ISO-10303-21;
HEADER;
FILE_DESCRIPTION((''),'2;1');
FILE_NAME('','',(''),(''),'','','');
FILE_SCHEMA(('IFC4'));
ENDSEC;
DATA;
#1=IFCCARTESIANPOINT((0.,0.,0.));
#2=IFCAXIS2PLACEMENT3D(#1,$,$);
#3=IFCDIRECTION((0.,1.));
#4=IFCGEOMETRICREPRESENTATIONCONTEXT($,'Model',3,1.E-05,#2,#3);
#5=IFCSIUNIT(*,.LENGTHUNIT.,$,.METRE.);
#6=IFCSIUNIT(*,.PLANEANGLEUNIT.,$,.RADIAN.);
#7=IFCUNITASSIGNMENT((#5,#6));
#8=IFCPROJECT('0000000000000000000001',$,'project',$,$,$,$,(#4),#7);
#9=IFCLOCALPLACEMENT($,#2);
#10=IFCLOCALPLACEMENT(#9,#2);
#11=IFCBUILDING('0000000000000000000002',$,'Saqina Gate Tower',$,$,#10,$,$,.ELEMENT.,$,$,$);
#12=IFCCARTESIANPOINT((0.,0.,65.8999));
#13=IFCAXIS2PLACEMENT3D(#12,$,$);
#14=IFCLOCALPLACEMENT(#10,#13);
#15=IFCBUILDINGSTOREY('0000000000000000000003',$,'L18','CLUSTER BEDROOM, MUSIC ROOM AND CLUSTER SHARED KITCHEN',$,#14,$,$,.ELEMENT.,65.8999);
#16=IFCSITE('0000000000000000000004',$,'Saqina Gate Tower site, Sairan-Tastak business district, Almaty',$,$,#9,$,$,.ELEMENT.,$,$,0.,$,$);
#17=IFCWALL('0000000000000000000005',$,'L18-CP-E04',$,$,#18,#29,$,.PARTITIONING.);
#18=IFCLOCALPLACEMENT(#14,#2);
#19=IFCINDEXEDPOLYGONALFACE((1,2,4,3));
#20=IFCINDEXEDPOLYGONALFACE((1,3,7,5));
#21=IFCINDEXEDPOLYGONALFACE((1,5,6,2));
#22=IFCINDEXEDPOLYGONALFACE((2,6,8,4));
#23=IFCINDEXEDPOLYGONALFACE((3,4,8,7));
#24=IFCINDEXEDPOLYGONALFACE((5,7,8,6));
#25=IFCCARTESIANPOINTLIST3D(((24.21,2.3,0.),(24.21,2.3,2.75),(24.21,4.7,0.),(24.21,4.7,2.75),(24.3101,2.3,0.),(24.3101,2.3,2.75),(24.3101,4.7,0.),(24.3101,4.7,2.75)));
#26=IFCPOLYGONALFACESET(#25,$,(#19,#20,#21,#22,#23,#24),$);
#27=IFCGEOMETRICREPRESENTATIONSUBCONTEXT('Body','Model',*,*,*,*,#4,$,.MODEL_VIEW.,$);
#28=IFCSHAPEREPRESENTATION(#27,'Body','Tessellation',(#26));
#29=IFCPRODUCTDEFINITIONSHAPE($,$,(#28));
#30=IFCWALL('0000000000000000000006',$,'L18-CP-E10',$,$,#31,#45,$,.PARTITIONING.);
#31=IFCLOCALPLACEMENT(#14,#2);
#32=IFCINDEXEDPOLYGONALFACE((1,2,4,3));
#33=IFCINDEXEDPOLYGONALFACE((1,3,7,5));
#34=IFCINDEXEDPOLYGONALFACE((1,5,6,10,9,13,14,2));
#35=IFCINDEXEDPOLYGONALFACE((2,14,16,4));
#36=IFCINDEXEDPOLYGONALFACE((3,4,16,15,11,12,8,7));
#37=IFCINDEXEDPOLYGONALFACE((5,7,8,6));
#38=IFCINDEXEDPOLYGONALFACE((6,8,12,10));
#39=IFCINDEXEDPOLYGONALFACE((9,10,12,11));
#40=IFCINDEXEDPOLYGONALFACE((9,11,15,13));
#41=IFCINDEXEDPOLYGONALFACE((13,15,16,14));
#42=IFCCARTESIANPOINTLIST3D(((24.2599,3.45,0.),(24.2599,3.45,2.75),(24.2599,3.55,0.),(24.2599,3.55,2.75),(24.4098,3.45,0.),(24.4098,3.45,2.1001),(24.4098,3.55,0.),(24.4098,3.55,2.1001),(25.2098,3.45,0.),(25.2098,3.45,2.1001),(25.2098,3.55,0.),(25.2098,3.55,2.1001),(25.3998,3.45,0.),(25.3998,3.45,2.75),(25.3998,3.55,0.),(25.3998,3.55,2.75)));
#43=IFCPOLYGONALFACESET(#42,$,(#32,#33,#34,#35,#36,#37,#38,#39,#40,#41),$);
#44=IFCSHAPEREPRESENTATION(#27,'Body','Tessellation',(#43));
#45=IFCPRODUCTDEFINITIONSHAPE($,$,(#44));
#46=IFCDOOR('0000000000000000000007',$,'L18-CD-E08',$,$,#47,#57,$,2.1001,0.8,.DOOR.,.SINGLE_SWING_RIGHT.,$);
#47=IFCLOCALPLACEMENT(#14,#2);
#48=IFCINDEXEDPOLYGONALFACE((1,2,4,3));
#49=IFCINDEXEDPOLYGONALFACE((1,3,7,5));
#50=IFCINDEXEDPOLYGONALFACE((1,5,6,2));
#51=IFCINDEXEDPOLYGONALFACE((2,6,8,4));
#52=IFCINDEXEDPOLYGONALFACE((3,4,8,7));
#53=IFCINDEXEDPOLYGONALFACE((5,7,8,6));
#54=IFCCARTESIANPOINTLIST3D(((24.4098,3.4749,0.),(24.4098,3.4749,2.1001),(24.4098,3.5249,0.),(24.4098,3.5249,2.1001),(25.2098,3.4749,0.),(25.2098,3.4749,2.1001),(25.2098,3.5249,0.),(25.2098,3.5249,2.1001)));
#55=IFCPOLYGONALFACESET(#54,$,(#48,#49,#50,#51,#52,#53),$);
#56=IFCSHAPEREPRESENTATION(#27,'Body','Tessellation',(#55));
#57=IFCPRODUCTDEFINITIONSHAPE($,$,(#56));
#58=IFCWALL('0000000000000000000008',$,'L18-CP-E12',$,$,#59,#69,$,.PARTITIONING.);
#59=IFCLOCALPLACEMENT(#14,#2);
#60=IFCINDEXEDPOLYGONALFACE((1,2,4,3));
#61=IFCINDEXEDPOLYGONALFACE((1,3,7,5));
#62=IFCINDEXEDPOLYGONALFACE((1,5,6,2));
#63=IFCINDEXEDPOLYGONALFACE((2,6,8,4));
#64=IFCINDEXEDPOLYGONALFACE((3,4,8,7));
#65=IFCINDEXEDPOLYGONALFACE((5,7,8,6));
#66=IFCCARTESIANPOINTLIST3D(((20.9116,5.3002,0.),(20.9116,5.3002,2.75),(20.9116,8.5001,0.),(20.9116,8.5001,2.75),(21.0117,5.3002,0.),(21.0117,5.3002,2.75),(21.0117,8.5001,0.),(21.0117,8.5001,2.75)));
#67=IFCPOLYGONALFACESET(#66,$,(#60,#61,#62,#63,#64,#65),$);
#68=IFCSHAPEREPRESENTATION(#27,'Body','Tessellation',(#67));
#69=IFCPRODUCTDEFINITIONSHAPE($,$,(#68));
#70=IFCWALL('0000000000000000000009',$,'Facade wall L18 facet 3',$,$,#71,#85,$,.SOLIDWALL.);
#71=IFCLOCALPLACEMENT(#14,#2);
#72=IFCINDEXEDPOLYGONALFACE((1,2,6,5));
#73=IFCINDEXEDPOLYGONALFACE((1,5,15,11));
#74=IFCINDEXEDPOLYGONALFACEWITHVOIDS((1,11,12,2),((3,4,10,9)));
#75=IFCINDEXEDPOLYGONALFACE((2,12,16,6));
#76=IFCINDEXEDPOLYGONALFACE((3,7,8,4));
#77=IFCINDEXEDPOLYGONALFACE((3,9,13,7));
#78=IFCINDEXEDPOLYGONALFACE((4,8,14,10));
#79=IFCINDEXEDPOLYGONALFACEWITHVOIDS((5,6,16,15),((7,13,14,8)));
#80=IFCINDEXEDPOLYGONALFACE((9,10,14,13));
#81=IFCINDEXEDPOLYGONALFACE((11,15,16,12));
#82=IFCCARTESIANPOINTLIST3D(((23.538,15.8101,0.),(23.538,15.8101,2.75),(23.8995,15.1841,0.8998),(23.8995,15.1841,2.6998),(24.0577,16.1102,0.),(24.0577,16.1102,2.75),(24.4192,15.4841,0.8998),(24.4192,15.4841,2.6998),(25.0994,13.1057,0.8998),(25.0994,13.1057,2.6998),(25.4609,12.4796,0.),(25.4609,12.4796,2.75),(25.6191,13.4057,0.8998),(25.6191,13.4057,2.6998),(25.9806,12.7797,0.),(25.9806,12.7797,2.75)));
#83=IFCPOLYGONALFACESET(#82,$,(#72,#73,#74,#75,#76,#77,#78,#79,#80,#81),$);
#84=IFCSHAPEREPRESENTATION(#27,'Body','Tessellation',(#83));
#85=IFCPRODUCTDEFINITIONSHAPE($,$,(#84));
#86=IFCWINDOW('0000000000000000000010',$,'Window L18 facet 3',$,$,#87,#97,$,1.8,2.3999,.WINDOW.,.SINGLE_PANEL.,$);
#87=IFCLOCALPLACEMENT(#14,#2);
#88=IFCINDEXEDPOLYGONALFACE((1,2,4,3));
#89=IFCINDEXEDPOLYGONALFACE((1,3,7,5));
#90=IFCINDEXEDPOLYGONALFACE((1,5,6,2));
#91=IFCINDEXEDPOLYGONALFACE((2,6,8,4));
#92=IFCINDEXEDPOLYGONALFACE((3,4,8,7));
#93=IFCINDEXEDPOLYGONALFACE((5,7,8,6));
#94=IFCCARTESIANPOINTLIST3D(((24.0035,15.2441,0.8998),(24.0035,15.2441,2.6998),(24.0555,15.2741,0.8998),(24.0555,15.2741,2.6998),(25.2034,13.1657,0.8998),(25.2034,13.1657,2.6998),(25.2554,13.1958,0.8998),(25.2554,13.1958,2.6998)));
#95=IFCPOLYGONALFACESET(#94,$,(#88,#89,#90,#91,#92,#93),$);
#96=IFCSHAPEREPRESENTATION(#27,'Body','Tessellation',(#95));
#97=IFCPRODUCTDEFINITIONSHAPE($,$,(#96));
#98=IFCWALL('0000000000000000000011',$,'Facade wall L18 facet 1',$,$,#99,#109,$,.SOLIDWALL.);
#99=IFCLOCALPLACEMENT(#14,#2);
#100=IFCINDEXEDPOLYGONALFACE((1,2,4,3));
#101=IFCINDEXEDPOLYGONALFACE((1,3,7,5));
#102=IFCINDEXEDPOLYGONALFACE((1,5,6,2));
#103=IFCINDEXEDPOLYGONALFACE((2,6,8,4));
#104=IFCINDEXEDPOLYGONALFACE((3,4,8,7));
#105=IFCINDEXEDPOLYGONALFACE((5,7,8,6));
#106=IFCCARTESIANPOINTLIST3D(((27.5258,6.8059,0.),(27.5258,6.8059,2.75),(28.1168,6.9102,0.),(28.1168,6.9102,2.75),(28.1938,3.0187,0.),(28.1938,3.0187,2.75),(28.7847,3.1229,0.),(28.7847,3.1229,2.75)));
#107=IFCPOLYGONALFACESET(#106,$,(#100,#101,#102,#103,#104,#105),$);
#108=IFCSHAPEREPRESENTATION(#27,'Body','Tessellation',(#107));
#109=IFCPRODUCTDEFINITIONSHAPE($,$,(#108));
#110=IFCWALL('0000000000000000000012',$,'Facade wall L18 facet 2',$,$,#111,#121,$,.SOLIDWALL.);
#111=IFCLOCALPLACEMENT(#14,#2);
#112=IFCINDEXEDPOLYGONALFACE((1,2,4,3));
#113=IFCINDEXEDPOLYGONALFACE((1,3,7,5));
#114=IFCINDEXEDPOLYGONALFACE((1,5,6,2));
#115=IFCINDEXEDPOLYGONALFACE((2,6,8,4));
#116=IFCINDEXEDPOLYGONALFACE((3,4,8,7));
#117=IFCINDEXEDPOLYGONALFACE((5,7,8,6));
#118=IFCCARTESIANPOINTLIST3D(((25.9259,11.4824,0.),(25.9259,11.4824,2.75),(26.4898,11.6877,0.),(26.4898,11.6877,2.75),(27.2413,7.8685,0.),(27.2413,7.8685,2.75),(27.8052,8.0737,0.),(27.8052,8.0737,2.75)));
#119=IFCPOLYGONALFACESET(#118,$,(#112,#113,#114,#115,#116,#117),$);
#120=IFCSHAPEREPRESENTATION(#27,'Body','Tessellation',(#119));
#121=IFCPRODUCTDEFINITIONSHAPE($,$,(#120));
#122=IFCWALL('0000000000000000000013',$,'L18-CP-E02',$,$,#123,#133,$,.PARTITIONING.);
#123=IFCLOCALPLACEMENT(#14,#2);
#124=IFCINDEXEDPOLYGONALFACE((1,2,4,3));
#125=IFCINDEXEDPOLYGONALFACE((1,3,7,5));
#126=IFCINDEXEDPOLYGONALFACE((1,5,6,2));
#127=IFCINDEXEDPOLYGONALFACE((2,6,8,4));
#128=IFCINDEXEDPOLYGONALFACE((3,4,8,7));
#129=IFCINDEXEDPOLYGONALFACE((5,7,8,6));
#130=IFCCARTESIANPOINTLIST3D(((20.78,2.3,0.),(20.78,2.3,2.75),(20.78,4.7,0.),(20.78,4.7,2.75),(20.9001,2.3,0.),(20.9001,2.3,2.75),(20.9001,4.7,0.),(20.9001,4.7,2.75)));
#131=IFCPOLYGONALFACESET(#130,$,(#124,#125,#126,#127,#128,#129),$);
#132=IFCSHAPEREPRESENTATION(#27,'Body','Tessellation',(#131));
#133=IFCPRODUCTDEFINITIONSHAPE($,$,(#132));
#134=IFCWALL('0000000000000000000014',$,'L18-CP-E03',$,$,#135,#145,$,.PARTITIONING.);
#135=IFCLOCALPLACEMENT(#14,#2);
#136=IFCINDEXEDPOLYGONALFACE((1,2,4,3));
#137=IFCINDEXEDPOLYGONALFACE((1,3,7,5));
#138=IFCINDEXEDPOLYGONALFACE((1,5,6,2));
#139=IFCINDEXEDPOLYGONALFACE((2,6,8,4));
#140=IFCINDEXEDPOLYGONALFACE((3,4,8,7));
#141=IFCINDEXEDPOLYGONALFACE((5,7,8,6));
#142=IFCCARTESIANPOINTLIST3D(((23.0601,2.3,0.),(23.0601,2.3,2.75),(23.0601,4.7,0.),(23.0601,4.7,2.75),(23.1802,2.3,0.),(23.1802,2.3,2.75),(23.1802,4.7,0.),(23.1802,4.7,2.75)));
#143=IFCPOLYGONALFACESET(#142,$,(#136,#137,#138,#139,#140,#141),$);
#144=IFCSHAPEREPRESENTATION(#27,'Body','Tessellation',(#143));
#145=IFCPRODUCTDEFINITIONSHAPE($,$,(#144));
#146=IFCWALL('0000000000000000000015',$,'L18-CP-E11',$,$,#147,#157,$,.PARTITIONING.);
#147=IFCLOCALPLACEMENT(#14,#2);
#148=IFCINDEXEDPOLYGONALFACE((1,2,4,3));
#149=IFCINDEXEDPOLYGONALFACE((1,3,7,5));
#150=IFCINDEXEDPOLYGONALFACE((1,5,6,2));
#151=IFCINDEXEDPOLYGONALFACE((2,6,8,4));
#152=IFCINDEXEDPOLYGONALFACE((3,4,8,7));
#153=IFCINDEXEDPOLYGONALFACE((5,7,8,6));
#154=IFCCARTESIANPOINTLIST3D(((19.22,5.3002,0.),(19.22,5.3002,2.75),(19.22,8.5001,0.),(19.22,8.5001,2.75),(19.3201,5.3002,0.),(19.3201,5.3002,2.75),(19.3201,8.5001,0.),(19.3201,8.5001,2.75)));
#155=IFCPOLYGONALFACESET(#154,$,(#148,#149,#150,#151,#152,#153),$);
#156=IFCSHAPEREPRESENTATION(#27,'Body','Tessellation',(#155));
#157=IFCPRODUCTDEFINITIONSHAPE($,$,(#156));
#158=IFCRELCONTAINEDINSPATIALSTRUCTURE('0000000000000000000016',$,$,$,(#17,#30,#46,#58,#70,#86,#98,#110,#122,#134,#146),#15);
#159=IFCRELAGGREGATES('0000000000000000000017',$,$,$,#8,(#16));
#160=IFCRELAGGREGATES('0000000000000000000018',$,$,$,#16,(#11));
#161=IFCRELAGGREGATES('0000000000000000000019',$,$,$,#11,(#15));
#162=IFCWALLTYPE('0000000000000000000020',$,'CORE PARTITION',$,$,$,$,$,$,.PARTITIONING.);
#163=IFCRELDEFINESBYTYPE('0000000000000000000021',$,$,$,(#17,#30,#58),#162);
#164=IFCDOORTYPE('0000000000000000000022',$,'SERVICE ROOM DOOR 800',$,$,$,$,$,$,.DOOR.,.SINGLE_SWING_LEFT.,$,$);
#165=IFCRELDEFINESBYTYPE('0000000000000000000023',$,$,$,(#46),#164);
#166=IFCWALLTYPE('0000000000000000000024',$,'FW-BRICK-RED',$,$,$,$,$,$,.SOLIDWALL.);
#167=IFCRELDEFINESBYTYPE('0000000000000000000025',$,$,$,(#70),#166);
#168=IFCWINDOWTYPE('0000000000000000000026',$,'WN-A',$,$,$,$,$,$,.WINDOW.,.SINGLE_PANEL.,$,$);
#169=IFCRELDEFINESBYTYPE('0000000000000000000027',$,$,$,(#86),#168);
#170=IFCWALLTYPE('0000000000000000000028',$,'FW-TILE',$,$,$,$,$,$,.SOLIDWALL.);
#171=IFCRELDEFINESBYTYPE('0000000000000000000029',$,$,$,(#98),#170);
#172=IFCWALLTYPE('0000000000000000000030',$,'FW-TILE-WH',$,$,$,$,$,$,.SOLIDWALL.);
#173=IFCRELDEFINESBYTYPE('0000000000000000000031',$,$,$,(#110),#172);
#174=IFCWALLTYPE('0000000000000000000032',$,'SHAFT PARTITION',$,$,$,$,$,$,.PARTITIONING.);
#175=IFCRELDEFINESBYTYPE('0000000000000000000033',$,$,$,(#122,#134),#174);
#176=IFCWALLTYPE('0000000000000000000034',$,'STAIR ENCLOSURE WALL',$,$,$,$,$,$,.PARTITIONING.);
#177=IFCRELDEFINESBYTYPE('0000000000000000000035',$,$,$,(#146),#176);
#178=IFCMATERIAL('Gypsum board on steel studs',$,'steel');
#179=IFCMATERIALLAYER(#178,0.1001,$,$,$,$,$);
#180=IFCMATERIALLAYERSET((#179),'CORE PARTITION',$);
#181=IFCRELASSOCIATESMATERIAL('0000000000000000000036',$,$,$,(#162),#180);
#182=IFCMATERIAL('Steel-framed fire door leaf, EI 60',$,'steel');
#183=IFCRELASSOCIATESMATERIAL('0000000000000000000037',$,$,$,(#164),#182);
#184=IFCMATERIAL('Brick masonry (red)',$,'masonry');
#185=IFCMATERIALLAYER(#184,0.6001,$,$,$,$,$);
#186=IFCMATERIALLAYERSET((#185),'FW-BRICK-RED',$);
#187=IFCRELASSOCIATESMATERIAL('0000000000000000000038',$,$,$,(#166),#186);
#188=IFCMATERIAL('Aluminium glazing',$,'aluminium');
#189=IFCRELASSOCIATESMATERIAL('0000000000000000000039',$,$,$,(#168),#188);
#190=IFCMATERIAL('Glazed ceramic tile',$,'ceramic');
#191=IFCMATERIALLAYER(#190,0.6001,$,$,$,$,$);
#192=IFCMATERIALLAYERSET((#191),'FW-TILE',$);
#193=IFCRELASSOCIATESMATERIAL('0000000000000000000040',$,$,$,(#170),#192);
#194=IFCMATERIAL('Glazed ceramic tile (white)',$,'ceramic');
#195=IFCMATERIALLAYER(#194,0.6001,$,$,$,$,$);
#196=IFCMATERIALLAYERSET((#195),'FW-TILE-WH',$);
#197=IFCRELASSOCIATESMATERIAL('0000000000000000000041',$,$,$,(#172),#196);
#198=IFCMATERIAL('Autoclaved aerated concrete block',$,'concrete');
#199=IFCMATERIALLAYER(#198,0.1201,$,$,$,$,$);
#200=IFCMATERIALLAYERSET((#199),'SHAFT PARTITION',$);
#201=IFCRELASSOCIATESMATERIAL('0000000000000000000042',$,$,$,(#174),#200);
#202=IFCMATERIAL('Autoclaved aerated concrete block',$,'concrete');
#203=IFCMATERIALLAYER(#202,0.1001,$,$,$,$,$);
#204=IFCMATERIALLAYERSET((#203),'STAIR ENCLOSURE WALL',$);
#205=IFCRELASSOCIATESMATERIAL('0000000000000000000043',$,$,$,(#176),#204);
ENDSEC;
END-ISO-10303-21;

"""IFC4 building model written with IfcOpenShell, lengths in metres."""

from ifc_helpers import new_model, si_unit, direction, frame, frame_2d, origin, place, context, subcontext, project, spatial, rectangle, extrude, material, layer, layer_set, type_object, element, fill, save


model = new_model("IFC4")

# Units and contexts
model_context = context("Model", 3, precision=1e-05, world=origin(), true_north=direction((0.0, 1.0)))
body_context = subcontext(model_context, "Body", "Model", "MODEL_VIEW")
ifc_project = project(units=[si_unit("LENGTHUNIT", "METRE"), si_unit("PLANEANGLEUNIT", "RADIAN")], contexts=[model_context])

# Site, building, storey
site_placement = place(None, origin())
site = spatial("IfcSite", under=ifc_project, at=site_placement, Name="Saqina Gate Tower site, Sairan-Tastak business district, Almaty", CompositionType="ELEMENT", RefElevation=0.0)
building_placement = place(site_placement, origin())
building = spatial("IfcBuilding", under=site, at=building_placement, Name="Saqina Gate Tower", CompositionType="ELEMENT")
storey_placement = place(building_placement, frame((0.0, 0.0, 65.8999)))
storey = spatial("IfcBuildingStorey", under=building, at=storey_placement, Name="L18", Description="CLUSTER BEDROOM, MUSIC ROOM AND CLUSTER SHARED KITCHEN", CompositionType="ELEMENT", Elevation=65.8999)

# Wall
ifc_material_1 = material(Name="Gypsum board on steel studs", Category="steel")
ifc_layer_1 = layer(ifc_material_1, 0.1001)
ifc_layer_set_1 = layer_set([ifc_layer_1], Name="CORE PARTITION")
wall_type_1 = type_object("IfcWallType", Name="CORE PARTITION", PredefinedType="PARTITIONING", material=ifc_layer_set_1)
for number, where, z_axis, x_axis, name in (
    (1, (24.26, 2.3, 0.0), (0.0, 0.0, 1.0), (0.0, 1.0, 0.0), "L18-CP-E04"),
):
    element("IfcWall", number, at=place(storey_placement, frame(where, z_axis=z_axis, x_axis=x_axis)), inside=storey, type_object=wall_type_1, Name=name, PredefinedType="PARTITIONING", context=body_context, shape_type="SweptSolid", body=[
        extrude(rectangle(XDim=2.3999, YDim=0.1001, at=frame_2d((1.2, 0.0))), origin(), (0.0, 0.0, 1.0), 2.75),
    ])

# Wall, opening, door
wall_1_placement = place(storey_placement, frame((24.26, 3.5, 0.0), z_axis=(0.0, 0.0, 1.0), x_axis=(1.0, 0.0, 0.0)))
wall_1 = element("IfcWall", 2, at=wall_1_placement, inside=storey, type_object=wall_type_1, Name="L18-CP-E10", PredefinedType="PARTITIONING", context=body_context, shape_type="SweptSolid", body=[
    extrude(rectangle(XDim=1.1399, YDim=0.1001, at=frame_2d((0.5698, 0.0))), origin(), (0.0, 0.0, 1.0), 2.75),
])
opening_1_placement = place(wall_1_placement, frame((0.1499, 0.0, 0.0)))
opening_1 = element("IfcOpeningElement", 3, at=opening_1_placement, cuts=wall_1, PredefinedType="OPENING", context=body_context, shape_type="SweptSolid", body=[
    extrude(rectangle(XDim=0.8, YDim=2.1001, at=frame_2d((0.3999, 1.05))), frame((0.0, 0.062, 0.0), z_axis=(0.0, -1.0, 0.0), x_axis=(1.0, 0.0, 0.0)), (0.0, 0.0, 1.0), 0.124),
])
ifc_material_2 = material(Name="Steel-framed fire door leaf, EI 60", Category="steel")
door_type = type_object("IfcDoorType", Name="SERVICE ROOM DOOR 800", OperationType="SINGLE_SWING_LEFT", PredefinedType="DOOR", material=ifc_material_2)
door_placement = place(opening_1_placement, origin())
door = element("IfcDoor", 4, at=door_placement, inside=storey, type_object=door_type, Name="L18-CD-E08", OperationType="SINGLE_SWING_RIGHT", OverallHeight=2.1001, OverallWidth=0.8, PredefinedType="DOOR", context=body_context, shape_type="SweptSolid", body=[
    extrude(rectangle(XDim=0.8, YDim=2.1001, at=frame_2d((0.3999, 1.05))), frame((0.0, 0.0249, 0.0), z_axis=(0.0, -1.0, 0.0), x_axis=(1.0, 0.0, 0.0)), (0.0, 0.0, 1.0), 0.05),
])
fill(opening_1, door)

# Wall
wall_2_placement = place(storey_placement, frame((20.9617, 5.3, 0.0), z_axis=(0.0, 0.0, 1.0), x_axis=(0.0, 1.0, 0.0)))
element("IfcWall", 5, at=wall_2_placement, inside=storey, type_object=wall_type_1, Name="L18-CP-E12", PredefinedType="PARTITIONING", context=body_context, shape_type="SweptSolid", body=[
    extrude(rectangle(XDim=3.2, YDim=0.1001, at=frame_2d((1.6001, 0.0))), origin(), (0.0, 0.0, 1.0), 2.75),
])

# Wall, opening, window
ifc_material_3 = material(Name="Brick masonry (red)", Category="masonry")
ifc_layer_2 = layer(ifc_material_3, 0.6001)
ifc_layer_set_2 = layer_set([ifc_layer_2], Name="FW-BRICK-RED")
wall_type_2 = type_object("IfcWallType", Name="FW-BRICK-RED", PredefinedType="SOLIDWALL", material=ifc_layer_set_2)
wall_3_placement = place(storey_placement, frame((25.7207, 12.6296, 0.0), z_axis=(0.0, 0.0, 1.0), x_axis=(-0.49999, 0.866031, 0.0)))
wall_3 = element("IfcWall", 6, at=wall_3_placement, inside=storey, type_object=wall_type_2, Name="Facade wall L18 facet 3", PredefinedType="SOLIDWALL", context=body_context, shape_type="SweptSolid", body=[
    extrude(rectangle(XDim=3.8457, YDim=0.6001, at=frame_2d((1.9229, 0.0))), origin(), (0.0, 0.0, 1.0), 2.75),
])
opening_2_placement = place(wall_3_placement, frame((0.7229, 0.0, 0.8999)))
opening_2 = element("IfcOpeningElement", 7, at=opening_2_placement, cuts=wall_3, PredefinedType="OPENING", context=body_context, shape_type="SweptSolid", body=[
    extrude(rectangle(XDim=2.3999, YDim=1.8, at=frame_2d((1.2, 0.8999))), frame((0.0, 0.312, 0.0), z_axis=(0.0, -1.0, 0.0), x_axis=(1.0, 0.0, 0.0)), (0.0, 0.0, 1.0), 0.624),
])
ifc_material_4 = material(Name="Aluminium glazing", Category="aluminium")
window_type = type_object("IfcWindowType", Name="WN-A", PartitioningType="SINGLE_PANEL", PredefinedType="WINDOW", material=ifc_material_4)
window_placement = place(opening_2_placement, origin())
window = element("IfcWindow", 8, at=window_placement, inside=storey, type_object=window_type, Name="Window L18 facet 3", OverallHeight=1.8, OverallWidth=2.3999, PartitioningType="SINGLE_PANEL", PredefinedType="WINDOW", context=body_context, shape_type="SweptSolid", body=[
    extrude(rectangle(XDim=2.3999, YDim=1.8, at=frame_2d((1.2, 0.8999))), frame((0.0, 0.1799, 0.0), z_axis=(0.0, -1.0, 0.0), x_axis=(1.0, 0.0, 0.0)), (0.0, 0.0, 1.0), 0.0601),
])
fill(opening_2, window)

# Walls
ifc_material_5 = material(Name="Glazed ceramic tile", Category="ceramic")
ifc_layer_3 = layer(ifc_material_5, 0.6001)
ifc_layer_set_3 = layer_set([ifc_layer_3], Name="FW-TILE")
wall_type_3 = type_object("IfcWallType", Name="FW-TILE", PredefinedType="SOLIDWALL", material=ifc_layer_set_3)
wall_4_placement = place(storey_placement, frame((28.4893, 3.0708, 0.0), z_axis=(0.0, 0.0, 1.0), x_axis=(-0.173688, 0.984801, 0.0)))
element("IfcWall", 9, at=wall_4_placement, inside=storey, type_object=wall_type_3, Name="Facade wall L18 facet 1", PredefinedType="SOLIDWALL", context=body_context, shape_type="SweptSolid", body=[
    extrude(rectangle(XDim=3.8457, YDim=0.6001, at=frame_2d((1.9229, 0.0))), origin(), (0.0, 0.0, 1.0), 2.75),
])
ifc_material_6 = material(Name="Glazed ceramic tile (white)", Category="ceramic")
ifc_layer_4 = layer(ifc_material_6, 0.6001)
ifc_layer_set_4 = layer_set([ifc_layer_4], Name="FW-TILE-WH")
wall_type_4 = type_object("IfcWallType", Name="FW-TILE-WH", PredefinedType="SOLIDWALL", material=ifc_layer_set_4)
wall_5_placement = place(storey_placement, frame((27.5232, 7.9712, 0.0), z_axis=(0.0, 0.0, 1.0), x_axis=(-0.342028, 0.93969, 0.0)))
element("IfcWall", 10, at=wall_5_placement, inside=storey, type_object=wall_type_4, Name="Facade wall L18 facet 2", PredefinedType="SOLIDWALL", context=body_context, shape_type="SweptSolid", body=[
    extrude(rectangle(XDim=3.8459, YDim=0.6001, at=frame_2d((1.9229, 0.0))), origin(), (0.0, 0.0, 1.0), 2.75),
])
ifc_material_7 = material(Name="Autoclaved aerated concrete block", Category="concrete")
ifc_layer_5 = layer(ifc_material_7, 0.1201)
ifc_layer_set_5 = layer_set([ifc_layer_5], Name="SHAFT PARTITION")
wall_type_5 = type_object("IfcWallType", Name="SHAFT PARTITION", PredefinedType="PARTITIONING", material=ifc_layer_set_5)
for number, where, z_axis, x_axis, name in (
    (11, (20.8401, 2.3, 0.0), (0.0, 0.0, 1.0), (0.0, 1.0, 0.0), "L18-CP-E02"),
    (12, (23.1201, 2.3, 0.0), (0.0, 0.0, 1.0), (0.0, 1.0, 0.0), "L18-CP-E03"),
):
    element("IfcWall", number, at=place(storey_placement, frame(where, z_axis=z_axis, x_axis=x_axis)), inside=storey, type_object=wall_type_5, Name=name, PredefinedType="PARTITIONING", context=body_context, shape_type="SweptSolid", body=[
        extrude(rectangle(XDim=2.3999, YDim=0.1201, at=frame_2d((1.2, 0.0))), origin(), (0.0, 0.0, 1.0), 2.75),
    ])
ifc_material_8 = material(Name="Autoclaved aerated concrete block", Category="concrete")
ifc_layer_6 = layer(ifc_material_8, 0.1001)
ifc_layer_set_6 = layer_set([ifc_layer_6], Name="STAIR ENCLOSURE WALL")
wall_type_6 = type_object("IfcWallType", Name="STAIR ENCLOSURE WALL", PredefinedType="PARTITIONING", material=ifc_layer_set_6)
wall_6_placement = place(storey_placement, frame((19.27, 5.3, 0.0), z_axis=(0.0, 0.0, 1.0), x_axis=(0.0, 1.0, 0.0)))
element("IfcWall", 13, at=wall_6_placement, inside=storey, type_object=wall_type_6, Name="L18-CP-E11", PredefinedType="PARTITIONING", context=body_context, shape_type="SweptSolid", body=[
    extrude(rectangle(XDim=3.2, YDim=0.1001, at=frame_2d((1.6001, 0.0))), origin(), (0.0, 0.0, 1.0), 2.75),
])

save(model, "model.ifc")
